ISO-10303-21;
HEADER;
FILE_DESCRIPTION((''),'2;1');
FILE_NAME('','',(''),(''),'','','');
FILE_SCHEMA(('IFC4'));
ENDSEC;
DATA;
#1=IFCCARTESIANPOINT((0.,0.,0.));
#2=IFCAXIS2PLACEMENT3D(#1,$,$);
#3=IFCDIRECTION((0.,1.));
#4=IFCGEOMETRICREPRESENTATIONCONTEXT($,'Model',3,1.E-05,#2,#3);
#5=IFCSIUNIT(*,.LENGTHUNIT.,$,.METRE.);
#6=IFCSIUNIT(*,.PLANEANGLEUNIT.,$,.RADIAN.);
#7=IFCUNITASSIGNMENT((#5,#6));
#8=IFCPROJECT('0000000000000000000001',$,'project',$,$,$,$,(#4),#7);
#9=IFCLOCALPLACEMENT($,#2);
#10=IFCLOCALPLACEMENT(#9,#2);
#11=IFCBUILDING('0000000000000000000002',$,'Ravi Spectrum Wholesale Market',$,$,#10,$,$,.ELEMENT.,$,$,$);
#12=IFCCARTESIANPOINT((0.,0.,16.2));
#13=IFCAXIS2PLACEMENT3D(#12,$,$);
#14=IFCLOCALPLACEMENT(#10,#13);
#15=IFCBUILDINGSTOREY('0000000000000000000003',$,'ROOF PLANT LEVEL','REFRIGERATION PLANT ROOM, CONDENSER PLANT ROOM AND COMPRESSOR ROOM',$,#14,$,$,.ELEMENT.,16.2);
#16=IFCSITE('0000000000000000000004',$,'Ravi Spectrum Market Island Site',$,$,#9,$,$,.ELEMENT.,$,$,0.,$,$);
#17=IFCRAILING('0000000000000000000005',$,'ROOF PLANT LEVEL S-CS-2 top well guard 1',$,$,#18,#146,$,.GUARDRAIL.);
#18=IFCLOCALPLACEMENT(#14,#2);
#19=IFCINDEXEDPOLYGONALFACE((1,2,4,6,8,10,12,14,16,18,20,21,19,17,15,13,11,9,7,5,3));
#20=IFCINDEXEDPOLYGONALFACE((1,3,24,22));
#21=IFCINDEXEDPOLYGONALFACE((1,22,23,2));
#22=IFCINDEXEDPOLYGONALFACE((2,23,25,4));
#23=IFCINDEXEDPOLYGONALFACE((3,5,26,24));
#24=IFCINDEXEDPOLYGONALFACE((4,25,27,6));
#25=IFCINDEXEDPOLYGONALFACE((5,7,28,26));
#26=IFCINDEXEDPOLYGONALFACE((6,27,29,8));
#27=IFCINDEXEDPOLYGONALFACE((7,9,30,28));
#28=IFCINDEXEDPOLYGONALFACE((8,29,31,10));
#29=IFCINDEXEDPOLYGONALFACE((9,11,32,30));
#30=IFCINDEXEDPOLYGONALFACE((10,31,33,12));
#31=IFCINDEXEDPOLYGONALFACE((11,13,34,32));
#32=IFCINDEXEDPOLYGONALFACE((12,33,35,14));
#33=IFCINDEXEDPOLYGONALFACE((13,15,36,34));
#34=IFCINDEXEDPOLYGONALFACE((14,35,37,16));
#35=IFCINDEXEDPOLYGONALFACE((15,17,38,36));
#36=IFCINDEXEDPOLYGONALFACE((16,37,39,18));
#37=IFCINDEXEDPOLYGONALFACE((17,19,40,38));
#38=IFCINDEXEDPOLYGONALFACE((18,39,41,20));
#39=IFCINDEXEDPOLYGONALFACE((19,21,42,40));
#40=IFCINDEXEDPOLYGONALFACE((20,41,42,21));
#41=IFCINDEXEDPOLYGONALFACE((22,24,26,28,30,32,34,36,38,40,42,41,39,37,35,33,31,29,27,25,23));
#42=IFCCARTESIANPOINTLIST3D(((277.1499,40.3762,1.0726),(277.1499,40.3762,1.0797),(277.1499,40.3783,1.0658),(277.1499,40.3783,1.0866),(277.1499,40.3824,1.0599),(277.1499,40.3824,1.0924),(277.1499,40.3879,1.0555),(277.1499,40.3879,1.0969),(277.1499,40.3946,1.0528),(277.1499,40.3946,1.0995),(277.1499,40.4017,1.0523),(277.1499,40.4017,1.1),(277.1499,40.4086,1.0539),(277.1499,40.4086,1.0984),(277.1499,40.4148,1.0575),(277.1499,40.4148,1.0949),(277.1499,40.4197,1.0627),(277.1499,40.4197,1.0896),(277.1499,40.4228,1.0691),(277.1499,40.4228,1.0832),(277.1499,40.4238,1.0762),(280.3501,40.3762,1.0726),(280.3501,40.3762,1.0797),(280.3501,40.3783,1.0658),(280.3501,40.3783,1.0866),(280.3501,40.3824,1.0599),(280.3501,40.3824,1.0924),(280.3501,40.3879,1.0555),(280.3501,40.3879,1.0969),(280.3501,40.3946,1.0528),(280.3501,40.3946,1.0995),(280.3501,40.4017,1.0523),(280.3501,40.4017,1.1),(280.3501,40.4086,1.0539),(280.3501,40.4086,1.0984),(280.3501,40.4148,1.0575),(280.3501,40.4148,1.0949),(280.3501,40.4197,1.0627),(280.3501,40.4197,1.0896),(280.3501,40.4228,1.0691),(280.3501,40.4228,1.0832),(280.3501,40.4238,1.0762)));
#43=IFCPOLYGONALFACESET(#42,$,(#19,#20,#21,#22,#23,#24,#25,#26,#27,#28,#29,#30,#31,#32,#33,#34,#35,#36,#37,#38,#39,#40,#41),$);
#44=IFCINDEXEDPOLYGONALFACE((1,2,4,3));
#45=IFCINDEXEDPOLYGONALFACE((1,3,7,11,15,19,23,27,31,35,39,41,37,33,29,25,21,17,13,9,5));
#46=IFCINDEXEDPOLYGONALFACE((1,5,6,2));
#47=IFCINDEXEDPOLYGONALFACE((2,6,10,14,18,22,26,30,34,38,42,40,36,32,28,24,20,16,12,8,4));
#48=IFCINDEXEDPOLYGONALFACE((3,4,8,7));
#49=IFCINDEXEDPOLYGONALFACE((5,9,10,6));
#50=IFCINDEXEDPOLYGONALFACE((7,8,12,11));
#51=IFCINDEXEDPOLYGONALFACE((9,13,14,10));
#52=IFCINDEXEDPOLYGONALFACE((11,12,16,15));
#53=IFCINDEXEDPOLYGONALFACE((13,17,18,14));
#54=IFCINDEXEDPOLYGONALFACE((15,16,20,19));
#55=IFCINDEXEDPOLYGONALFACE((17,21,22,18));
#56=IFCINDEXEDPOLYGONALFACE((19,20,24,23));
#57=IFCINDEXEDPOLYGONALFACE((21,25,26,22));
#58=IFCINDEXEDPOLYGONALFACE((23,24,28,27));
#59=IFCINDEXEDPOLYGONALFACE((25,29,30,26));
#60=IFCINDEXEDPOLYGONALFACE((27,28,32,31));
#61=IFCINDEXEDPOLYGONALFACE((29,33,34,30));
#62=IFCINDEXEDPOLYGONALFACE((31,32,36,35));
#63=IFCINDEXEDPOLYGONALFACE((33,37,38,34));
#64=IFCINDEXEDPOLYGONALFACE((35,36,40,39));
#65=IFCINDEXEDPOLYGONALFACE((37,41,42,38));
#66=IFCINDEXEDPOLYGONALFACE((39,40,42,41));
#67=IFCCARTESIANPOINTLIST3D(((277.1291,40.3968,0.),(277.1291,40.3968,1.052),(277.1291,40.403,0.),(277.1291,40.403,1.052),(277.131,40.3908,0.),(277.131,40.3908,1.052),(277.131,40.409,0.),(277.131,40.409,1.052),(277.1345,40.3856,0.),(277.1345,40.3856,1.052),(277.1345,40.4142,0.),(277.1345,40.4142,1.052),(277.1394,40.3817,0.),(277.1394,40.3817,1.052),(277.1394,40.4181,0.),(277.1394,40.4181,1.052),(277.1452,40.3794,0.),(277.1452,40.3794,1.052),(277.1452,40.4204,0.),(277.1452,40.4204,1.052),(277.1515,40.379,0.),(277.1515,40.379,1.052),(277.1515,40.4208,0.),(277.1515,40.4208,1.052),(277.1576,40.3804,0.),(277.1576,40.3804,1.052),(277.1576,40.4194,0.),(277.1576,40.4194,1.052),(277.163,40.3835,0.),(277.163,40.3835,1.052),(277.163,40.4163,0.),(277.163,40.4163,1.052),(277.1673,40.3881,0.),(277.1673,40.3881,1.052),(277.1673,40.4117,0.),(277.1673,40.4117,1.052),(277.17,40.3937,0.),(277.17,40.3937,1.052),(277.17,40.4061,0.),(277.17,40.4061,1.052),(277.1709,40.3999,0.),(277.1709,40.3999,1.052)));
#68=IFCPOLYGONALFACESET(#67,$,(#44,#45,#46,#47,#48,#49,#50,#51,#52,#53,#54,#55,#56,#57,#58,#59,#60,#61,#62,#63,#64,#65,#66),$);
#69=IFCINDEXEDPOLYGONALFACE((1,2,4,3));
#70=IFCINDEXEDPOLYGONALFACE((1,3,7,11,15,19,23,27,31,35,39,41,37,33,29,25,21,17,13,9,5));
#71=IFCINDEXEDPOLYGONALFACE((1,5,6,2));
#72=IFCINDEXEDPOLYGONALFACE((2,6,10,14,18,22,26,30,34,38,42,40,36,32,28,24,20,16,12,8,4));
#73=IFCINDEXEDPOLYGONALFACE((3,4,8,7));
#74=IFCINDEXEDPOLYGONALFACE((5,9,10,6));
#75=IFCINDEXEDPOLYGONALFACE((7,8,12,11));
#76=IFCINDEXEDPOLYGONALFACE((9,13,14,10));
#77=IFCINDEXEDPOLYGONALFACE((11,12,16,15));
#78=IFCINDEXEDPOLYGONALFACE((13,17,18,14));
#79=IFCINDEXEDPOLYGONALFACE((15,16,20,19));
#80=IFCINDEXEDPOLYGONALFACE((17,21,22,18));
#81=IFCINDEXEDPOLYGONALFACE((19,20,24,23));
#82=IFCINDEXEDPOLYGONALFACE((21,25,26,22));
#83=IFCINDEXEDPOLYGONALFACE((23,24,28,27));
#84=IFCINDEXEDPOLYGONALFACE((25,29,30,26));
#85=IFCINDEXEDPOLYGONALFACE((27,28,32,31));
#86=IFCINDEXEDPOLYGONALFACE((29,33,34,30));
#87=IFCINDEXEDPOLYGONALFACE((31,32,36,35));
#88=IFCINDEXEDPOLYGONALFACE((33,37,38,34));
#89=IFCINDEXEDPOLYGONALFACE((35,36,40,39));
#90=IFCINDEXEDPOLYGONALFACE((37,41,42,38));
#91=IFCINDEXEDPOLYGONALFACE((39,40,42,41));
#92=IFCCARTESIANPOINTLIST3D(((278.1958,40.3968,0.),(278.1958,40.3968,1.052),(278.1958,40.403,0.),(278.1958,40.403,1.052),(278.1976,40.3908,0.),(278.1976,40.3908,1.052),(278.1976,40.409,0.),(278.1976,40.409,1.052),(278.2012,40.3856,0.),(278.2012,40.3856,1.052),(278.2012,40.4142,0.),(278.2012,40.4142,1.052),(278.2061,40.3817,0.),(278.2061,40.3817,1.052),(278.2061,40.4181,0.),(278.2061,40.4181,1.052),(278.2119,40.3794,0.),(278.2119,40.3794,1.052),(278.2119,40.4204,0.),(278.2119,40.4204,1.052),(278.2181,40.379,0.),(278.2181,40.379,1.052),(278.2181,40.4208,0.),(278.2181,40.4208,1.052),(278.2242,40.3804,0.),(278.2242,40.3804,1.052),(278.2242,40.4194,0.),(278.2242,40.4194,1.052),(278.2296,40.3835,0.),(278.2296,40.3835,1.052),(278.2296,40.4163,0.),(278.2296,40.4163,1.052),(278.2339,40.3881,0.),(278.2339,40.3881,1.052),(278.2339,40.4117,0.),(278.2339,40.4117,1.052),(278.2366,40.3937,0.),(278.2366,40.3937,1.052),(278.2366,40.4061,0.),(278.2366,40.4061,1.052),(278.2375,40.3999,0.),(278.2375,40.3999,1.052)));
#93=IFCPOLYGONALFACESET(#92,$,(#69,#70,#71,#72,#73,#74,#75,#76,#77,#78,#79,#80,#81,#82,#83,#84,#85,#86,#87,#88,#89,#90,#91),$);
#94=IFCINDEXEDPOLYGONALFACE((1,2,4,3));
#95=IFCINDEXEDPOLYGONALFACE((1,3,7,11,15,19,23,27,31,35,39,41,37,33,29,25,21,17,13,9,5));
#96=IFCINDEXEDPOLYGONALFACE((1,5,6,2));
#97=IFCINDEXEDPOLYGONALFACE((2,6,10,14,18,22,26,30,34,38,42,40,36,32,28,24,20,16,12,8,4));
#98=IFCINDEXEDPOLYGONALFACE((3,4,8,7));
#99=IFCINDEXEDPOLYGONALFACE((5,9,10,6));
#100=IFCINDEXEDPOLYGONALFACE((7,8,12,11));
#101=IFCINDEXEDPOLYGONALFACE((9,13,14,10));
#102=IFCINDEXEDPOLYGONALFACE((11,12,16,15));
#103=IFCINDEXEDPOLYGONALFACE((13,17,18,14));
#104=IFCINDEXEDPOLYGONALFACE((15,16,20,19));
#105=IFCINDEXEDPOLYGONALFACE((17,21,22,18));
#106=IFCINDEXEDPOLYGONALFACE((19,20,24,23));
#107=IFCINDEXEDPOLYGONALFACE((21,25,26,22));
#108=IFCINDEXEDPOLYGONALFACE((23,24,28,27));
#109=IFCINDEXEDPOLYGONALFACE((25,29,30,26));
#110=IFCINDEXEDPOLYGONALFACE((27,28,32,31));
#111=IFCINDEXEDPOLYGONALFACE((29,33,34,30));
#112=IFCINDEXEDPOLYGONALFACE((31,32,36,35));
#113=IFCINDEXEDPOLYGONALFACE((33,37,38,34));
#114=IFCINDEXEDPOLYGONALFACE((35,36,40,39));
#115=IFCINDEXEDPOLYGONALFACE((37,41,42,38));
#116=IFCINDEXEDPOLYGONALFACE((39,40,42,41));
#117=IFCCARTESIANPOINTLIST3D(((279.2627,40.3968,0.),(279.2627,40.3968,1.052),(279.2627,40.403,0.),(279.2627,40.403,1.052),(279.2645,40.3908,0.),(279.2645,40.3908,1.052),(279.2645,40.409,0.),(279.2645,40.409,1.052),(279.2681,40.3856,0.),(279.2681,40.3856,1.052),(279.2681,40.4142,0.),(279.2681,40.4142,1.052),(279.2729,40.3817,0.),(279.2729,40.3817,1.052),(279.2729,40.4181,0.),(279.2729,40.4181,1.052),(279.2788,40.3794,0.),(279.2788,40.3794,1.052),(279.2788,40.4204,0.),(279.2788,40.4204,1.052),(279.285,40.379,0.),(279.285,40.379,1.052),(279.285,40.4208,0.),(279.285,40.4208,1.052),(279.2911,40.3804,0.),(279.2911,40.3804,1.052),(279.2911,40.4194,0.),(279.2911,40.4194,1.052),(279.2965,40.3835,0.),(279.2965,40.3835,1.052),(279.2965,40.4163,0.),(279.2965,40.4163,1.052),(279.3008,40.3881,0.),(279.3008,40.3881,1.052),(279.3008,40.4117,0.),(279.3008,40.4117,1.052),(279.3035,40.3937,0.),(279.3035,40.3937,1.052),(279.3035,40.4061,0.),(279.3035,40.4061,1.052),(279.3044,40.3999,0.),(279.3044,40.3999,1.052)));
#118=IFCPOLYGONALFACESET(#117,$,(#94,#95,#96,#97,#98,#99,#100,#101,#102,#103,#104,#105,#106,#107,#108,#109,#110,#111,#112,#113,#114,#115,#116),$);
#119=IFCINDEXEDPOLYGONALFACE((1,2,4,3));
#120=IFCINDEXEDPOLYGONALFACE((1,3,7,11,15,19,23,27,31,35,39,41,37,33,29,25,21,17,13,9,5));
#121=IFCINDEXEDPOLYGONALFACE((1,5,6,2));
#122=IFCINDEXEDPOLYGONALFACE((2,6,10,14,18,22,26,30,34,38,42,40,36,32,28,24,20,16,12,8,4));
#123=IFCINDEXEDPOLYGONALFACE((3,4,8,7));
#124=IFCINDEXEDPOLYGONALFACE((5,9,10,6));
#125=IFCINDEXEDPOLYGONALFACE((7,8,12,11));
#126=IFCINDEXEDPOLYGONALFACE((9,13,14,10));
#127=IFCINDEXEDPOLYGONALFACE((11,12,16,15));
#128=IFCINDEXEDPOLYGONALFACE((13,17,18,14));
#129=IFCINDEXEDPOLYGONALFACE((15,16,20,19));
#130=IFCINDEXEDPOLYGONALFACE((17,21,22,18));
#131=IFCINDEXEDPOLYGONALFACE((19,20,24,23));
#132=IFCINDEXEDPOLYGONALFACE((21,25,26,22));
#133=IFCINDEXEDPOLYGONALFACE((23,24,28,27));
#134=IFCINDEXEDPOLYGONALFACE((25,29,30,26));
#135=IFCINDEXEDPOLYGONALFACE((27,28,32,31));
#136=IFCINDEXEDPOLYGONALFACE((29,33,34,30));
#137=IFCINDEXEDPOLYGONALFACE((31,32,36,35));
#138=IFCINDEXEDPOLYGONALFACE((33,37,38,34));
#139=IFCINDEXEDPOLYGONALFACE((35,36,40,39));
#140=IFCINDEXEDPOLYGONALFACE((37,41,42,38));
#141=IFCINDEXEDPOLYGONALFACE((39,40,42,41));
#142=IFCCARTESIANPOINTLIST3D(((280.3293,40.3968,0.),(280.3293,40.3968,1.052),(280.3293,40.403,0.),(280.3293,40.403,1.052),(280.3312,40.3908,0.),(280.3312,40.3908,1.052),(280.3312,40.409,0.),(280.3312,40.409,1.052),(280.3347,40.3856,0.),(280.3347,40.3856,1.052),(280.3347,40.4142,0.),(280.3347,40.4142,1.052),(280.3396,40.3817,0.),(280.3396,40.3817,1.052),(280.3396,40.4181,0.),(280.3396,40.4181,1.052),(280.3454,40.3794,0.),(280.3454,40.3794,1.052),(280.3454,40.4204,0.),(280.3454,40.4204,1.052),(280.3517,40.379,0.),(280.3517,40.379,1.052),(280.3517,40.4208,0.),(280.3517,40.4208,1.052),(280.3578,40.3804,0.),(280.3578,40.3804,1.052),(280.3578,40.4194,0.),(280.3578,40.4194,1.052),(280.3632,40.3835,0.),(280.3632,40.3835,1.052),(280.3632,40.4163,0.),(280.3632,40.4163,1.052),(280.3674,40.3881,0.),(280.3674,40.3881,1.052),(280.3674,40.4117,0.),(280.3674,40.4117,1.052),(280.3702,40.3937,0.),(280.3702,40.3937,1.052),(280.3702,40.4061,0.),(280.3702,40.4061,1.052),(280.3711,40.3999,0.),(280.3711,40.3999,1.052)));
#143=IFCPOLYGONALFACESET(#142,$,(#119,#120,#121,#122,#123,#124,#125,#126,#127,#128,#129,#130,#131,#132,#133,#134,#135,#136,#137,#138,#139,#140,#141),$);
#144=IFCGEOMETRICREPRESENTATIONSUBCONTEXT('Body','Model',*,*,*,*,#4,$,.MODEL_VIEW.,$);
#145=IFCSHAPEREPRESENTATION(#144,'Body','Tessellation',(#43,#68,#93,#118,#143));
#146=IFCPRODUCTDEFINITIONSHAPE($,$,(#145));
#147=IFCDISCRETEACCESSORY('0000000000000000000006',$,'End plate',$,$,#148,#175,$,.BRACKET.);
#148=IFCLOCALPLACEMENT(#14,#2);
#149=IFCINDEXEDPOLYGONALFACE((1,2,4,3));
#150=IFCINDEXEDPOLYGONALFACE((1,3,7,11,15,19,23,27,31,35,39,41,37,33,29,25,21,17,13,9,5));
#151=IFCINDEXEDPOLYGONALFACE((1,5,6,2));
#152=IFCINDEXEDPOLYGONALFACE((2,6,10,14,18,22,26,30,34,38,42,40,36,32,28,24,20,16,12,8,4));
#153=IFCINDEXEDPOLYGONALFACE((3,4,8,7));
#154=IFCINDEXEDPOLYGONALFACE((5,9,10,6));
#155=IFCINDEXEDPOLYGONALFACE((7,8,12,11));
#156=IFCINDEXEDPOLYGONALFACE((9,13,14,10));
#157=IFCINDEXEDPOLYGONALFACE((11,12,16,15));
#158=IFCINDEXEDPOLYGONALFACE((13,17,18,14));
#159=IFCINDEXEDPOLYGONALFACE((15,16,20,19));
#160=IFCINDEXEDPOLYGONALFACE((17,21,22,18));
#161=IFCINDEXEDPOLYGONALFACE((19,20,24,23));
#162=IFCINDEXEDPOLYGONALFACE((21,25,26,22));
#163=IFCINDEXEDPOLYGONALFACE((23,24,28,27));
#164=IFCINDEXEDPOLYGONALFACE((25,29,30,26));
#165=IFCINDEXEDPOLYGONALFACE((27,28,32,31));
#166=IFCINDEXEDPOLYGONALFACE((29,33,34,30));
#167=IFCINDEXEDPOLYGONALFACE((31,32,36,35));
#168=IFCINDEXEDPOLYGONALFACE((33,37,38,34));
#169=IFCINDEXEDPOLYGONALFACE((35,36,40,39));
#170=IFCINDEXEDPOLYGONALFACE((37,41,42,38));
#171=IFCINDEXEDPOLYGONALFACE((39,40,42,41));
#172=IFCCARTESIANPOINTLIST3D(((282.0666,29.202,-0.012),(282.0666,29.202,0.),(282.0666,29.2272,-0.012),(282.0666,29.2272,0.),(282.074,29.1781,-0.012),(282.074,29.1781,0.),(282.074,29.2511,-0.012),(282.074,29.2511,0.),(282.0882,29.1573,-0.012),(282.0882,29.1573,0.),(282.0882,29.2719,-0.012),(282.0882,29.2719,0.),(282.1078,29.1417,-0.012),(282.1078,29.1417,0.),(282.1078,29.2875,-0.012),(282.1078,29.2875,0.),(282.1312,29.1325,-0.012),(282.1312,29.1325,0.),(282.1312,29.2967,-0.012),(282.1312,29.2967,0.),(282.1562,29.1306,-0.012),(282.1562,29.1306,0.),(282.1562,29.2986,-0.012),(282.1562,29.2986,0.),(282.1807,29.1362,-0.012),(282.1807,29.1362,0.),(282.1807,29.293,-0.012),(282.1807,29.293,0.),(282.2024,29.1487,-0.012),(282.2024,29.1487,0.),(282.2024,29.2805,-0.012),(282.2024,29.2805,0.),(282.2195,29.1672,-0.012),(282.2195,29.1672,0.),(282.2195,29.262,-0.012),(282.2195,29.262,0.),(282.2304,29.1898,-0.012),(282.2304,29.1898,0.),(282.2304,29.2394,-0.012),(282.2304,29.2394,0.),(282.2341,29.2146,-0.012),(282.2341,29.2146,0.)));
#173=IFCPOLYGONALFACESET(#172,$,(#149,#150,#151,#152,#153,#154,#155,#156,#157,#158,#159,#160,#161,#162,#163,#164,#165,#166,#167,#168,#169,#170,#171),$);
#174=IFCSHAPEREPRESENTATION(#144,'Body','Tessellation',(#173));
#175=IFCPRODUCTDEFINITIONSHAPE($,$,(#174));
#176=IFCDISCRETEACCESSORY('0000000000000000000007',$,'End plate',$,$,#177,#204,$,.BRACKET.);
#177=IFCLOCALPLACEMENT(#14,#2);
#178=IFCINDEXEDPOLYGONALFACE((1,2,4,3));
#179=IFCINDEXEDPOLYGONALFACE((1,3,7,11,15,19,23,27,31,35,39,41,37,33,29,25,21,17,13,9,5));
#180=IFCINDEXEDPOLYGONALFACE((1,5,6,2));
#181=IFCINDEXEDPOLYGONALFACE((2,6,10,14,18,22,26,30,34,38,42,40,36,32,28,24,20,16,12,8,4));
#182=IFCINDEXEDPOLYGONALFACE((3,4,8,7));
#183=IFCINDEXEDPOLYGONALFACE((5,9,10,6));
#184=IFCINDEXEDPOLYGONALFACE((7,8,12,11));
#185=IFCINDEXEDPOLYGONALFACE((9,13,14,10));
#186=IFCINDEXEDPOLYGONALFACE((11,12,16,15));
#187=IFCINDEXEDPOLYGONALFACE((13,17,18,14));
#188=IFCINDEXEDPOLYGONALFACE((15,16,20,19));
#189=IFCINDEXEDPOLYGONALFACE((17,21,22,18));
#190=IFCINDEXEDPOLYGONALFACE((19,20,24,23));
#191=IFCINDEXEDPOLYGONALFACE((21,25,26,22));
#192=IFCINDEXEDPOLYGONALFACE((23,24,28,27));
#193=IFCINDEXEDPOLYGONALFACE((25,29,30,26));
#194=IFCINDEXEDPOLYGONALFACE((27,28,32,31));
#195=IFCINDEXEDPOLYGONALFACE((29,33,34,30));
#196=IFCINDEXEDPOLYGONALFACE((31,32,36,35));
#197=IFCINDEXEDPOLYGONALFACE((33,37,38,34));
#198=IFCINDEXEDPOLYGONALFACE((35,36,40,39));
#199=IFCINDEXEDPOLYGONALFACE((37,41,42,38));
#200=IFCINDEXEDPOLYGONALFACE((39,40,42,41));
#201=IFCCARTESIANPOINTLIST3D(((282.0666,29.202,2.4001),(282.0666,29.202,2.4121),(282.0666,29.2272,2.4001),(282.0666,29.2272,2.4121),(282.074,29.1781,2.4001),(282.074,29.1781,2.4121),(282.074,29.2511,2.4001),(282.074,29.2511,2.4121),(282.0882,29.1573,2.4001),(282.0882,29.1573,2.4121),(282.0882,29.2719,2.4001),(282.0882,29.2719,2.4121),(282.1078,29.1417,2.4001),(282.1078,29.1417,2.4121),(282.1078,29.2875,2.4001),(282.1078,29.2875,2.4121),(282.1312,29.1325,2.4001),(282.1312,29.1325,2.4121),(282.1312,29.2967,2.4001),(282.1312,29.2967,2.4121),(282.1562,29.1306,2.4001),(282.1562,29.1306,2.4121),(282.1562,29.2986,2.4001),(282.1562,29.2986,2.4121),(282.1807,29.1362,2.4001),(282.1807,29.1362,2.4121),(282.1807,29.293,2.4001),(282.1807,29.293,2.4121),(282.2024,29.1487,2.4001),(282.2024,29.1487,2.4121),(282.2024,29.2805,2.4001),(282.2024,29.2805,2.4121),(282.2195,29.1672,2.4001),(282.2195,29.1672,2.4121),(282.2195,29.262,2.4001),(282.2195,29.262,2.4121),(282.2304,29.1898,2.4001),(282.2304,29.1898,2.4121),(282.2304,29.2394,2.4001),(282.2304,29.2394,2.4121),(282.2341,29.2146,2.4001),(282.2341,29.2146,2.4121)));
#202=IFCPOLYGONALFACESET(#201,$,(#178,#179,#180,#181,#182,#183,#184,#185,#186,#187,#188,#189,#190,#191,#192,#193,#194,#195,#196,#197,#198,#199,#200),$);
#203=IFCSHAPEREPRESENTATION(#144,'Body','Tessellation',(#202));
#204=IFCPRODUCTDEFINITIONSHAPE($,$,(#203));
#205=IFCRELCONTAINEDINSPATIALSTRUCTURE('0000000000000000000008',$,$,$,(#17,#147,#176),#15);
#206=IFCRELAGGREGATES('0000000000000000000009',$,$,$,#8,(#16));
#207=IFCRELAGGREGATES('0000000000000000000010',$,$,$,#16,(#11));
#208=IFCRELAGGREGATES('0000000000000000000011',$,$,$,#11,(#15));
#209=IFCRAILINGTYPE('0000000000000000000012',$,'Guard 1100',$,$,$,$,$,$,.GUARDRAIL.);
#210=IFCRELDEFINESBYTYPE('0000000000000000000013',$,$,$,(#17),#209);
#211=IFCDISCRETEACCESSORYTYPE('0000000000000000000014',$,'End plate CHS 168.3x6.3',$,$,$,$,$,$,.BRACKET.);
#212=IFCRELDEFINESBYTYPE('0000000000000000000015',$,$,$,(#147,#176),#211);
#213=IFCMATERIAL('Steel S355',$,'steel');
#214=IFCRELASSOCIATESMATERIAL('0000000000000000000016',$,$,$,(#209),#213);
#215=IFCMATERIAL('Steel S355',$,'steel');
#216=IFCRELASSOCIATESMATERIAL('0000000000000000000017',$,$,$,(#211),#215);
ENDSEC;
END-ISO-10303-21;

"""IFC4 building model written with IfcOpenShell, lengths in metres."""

from ifc_helpers import new_model, si_unit, direction, frame, origin, origin_2d, place, context, subcontext, project, spatial, circle, extrude, material, material_profile, profile_set, type_object, element, save


model = new_model("IFC4")

# Units and contexts
model_context = context("Model", 3, precision=1e-05, world=origin(), true_north=direction((0.0, 1.0)))
body_context = subcontext(model_context, "Body", "Model", "MODEL_VIEW")
ifc_project = project(units=[si_unit("LENGTHUNIT", "METRE"), si_unit("PLANEANGLEUNIT", "RADIAN")], contexts=[model_context])

# Site, building, storey
site_placement = place(None, origin())
site = spatial("IfcSite", under=ifc_project, at=site_placement, Name="Ravi Spectrum Market Island Site", CompositionType="ELEMENT", RefElevation=0.0)
building_placement = place(site_placement, origin())
building = spatial("IfcBuilding", under=site, at=building_placement, Name="Ravi Spectrum Wholesale Market", CompositionType="ELEMENT")
storey_placement = place(building_placement, frame((0.0, 0.0, 16.2)))
storey = spatial("IfcBuildingStorey", under=building, at=storey_placement, Name="ROOF PLANT LEVEL", Description="REFRIGERATION PLANT ROOM, CONDENSER PLANT ROOM AND COMPRESSOR ROOM", CompositionType="ELEMENT", Elevation=16.2)

# Railing
ifc_material_1 = material(Name="Steel S355", Category="steel")
railing_type = type_object("IfcRailingType", Name="Guard 1100", PredefinedType="GUARDRAIL", material=ifc_material_1)
railing_placement = place(storey_placement, frame((277.1499, 40.3999, 0.0)))
element("IfcRailing", 1, at=railing_placement, inside=storey, type_object=railing_type, Name="ROOF PLANT LEVEL S-CS-2 top well guard 1", PredefinedType="GUARDRAIL", context=body_context, shape_type="SweptSolid", body=[
    extrude(circle(Radius=0.0239, at=origin_2d()), frame((0.0, 0.0, 1.0762), z_axis=(1.0, 0.0, 0.0), x_axis=(0.0, 1.0, 0.0)), (0.0, 0.0, 1.0), 3.2002),
    extrude(circle(Radius=0.021, at=origin_2d()), origin(), (0.0, 0.0, 1.0), 1.052),
    extrude(circle(Radius=0.021, at=origin_2d()), frame((1.0667, 0.0, 0.0)), (0.0, 0.0, 1.0), 1.052),
    extrude(circle(Radius=0.021, at=origin_2d()), frame((2.1335, 0.0, 0.0)), (0.0, 0.0, 1.0), 1.052),
    extrude(circle(Radius=0.021, at=origin_2d()), frame((3.2002, 0.0, 0.0)), (0.0, 0.0, 1.0), 1.052),
])

# Discrete accessories
ifc_material_2 = material(Name="Steel S355", Category="steel")
ifc_material_profile_1 = material_profile(ifc_material_2, circle(Radius=0.0842, at=origin_2d()))
ifc_profile_set_1 = profile_set([ifc_material_profile_1], Name="Steel S355")
discrete_accessory_type_1 = type_object("IfcDiscreteAccessoryType", Name="End plate CHS 168.3x6.3", PredefinedType="BRACKET", material=ifc_profile_set_1)
for number, where, z_axis, x_axis, name in (
    (2, (282.1499, 29.2146, 0.0), (0.0, 0.0, -1.0), (1.0, 0.0, 0.0), "End plate"),
    (3, (282.1499, 29.2146, 2.4001), (0.0, 0.0, 1.0), (1.0, 0.0, 0.0), "End plate"),
):
    element("IfcDiscreteAccessory", number, at=place(storey_placement, frame(where, z_axis=z_axis, x_axis=x_axis)), inside=storey, type_object=discrete_accessory_type_1, Name=name, PredefinedType="BRACKET", context=body_context, shape_type="SweptSolid", body=[
        extrude(circle(Radius=0.0842, at=origin_2d()), origin(), (0.0, 0.0, 1.0), 0.012),
    ])

save(model, "model.ifc")
